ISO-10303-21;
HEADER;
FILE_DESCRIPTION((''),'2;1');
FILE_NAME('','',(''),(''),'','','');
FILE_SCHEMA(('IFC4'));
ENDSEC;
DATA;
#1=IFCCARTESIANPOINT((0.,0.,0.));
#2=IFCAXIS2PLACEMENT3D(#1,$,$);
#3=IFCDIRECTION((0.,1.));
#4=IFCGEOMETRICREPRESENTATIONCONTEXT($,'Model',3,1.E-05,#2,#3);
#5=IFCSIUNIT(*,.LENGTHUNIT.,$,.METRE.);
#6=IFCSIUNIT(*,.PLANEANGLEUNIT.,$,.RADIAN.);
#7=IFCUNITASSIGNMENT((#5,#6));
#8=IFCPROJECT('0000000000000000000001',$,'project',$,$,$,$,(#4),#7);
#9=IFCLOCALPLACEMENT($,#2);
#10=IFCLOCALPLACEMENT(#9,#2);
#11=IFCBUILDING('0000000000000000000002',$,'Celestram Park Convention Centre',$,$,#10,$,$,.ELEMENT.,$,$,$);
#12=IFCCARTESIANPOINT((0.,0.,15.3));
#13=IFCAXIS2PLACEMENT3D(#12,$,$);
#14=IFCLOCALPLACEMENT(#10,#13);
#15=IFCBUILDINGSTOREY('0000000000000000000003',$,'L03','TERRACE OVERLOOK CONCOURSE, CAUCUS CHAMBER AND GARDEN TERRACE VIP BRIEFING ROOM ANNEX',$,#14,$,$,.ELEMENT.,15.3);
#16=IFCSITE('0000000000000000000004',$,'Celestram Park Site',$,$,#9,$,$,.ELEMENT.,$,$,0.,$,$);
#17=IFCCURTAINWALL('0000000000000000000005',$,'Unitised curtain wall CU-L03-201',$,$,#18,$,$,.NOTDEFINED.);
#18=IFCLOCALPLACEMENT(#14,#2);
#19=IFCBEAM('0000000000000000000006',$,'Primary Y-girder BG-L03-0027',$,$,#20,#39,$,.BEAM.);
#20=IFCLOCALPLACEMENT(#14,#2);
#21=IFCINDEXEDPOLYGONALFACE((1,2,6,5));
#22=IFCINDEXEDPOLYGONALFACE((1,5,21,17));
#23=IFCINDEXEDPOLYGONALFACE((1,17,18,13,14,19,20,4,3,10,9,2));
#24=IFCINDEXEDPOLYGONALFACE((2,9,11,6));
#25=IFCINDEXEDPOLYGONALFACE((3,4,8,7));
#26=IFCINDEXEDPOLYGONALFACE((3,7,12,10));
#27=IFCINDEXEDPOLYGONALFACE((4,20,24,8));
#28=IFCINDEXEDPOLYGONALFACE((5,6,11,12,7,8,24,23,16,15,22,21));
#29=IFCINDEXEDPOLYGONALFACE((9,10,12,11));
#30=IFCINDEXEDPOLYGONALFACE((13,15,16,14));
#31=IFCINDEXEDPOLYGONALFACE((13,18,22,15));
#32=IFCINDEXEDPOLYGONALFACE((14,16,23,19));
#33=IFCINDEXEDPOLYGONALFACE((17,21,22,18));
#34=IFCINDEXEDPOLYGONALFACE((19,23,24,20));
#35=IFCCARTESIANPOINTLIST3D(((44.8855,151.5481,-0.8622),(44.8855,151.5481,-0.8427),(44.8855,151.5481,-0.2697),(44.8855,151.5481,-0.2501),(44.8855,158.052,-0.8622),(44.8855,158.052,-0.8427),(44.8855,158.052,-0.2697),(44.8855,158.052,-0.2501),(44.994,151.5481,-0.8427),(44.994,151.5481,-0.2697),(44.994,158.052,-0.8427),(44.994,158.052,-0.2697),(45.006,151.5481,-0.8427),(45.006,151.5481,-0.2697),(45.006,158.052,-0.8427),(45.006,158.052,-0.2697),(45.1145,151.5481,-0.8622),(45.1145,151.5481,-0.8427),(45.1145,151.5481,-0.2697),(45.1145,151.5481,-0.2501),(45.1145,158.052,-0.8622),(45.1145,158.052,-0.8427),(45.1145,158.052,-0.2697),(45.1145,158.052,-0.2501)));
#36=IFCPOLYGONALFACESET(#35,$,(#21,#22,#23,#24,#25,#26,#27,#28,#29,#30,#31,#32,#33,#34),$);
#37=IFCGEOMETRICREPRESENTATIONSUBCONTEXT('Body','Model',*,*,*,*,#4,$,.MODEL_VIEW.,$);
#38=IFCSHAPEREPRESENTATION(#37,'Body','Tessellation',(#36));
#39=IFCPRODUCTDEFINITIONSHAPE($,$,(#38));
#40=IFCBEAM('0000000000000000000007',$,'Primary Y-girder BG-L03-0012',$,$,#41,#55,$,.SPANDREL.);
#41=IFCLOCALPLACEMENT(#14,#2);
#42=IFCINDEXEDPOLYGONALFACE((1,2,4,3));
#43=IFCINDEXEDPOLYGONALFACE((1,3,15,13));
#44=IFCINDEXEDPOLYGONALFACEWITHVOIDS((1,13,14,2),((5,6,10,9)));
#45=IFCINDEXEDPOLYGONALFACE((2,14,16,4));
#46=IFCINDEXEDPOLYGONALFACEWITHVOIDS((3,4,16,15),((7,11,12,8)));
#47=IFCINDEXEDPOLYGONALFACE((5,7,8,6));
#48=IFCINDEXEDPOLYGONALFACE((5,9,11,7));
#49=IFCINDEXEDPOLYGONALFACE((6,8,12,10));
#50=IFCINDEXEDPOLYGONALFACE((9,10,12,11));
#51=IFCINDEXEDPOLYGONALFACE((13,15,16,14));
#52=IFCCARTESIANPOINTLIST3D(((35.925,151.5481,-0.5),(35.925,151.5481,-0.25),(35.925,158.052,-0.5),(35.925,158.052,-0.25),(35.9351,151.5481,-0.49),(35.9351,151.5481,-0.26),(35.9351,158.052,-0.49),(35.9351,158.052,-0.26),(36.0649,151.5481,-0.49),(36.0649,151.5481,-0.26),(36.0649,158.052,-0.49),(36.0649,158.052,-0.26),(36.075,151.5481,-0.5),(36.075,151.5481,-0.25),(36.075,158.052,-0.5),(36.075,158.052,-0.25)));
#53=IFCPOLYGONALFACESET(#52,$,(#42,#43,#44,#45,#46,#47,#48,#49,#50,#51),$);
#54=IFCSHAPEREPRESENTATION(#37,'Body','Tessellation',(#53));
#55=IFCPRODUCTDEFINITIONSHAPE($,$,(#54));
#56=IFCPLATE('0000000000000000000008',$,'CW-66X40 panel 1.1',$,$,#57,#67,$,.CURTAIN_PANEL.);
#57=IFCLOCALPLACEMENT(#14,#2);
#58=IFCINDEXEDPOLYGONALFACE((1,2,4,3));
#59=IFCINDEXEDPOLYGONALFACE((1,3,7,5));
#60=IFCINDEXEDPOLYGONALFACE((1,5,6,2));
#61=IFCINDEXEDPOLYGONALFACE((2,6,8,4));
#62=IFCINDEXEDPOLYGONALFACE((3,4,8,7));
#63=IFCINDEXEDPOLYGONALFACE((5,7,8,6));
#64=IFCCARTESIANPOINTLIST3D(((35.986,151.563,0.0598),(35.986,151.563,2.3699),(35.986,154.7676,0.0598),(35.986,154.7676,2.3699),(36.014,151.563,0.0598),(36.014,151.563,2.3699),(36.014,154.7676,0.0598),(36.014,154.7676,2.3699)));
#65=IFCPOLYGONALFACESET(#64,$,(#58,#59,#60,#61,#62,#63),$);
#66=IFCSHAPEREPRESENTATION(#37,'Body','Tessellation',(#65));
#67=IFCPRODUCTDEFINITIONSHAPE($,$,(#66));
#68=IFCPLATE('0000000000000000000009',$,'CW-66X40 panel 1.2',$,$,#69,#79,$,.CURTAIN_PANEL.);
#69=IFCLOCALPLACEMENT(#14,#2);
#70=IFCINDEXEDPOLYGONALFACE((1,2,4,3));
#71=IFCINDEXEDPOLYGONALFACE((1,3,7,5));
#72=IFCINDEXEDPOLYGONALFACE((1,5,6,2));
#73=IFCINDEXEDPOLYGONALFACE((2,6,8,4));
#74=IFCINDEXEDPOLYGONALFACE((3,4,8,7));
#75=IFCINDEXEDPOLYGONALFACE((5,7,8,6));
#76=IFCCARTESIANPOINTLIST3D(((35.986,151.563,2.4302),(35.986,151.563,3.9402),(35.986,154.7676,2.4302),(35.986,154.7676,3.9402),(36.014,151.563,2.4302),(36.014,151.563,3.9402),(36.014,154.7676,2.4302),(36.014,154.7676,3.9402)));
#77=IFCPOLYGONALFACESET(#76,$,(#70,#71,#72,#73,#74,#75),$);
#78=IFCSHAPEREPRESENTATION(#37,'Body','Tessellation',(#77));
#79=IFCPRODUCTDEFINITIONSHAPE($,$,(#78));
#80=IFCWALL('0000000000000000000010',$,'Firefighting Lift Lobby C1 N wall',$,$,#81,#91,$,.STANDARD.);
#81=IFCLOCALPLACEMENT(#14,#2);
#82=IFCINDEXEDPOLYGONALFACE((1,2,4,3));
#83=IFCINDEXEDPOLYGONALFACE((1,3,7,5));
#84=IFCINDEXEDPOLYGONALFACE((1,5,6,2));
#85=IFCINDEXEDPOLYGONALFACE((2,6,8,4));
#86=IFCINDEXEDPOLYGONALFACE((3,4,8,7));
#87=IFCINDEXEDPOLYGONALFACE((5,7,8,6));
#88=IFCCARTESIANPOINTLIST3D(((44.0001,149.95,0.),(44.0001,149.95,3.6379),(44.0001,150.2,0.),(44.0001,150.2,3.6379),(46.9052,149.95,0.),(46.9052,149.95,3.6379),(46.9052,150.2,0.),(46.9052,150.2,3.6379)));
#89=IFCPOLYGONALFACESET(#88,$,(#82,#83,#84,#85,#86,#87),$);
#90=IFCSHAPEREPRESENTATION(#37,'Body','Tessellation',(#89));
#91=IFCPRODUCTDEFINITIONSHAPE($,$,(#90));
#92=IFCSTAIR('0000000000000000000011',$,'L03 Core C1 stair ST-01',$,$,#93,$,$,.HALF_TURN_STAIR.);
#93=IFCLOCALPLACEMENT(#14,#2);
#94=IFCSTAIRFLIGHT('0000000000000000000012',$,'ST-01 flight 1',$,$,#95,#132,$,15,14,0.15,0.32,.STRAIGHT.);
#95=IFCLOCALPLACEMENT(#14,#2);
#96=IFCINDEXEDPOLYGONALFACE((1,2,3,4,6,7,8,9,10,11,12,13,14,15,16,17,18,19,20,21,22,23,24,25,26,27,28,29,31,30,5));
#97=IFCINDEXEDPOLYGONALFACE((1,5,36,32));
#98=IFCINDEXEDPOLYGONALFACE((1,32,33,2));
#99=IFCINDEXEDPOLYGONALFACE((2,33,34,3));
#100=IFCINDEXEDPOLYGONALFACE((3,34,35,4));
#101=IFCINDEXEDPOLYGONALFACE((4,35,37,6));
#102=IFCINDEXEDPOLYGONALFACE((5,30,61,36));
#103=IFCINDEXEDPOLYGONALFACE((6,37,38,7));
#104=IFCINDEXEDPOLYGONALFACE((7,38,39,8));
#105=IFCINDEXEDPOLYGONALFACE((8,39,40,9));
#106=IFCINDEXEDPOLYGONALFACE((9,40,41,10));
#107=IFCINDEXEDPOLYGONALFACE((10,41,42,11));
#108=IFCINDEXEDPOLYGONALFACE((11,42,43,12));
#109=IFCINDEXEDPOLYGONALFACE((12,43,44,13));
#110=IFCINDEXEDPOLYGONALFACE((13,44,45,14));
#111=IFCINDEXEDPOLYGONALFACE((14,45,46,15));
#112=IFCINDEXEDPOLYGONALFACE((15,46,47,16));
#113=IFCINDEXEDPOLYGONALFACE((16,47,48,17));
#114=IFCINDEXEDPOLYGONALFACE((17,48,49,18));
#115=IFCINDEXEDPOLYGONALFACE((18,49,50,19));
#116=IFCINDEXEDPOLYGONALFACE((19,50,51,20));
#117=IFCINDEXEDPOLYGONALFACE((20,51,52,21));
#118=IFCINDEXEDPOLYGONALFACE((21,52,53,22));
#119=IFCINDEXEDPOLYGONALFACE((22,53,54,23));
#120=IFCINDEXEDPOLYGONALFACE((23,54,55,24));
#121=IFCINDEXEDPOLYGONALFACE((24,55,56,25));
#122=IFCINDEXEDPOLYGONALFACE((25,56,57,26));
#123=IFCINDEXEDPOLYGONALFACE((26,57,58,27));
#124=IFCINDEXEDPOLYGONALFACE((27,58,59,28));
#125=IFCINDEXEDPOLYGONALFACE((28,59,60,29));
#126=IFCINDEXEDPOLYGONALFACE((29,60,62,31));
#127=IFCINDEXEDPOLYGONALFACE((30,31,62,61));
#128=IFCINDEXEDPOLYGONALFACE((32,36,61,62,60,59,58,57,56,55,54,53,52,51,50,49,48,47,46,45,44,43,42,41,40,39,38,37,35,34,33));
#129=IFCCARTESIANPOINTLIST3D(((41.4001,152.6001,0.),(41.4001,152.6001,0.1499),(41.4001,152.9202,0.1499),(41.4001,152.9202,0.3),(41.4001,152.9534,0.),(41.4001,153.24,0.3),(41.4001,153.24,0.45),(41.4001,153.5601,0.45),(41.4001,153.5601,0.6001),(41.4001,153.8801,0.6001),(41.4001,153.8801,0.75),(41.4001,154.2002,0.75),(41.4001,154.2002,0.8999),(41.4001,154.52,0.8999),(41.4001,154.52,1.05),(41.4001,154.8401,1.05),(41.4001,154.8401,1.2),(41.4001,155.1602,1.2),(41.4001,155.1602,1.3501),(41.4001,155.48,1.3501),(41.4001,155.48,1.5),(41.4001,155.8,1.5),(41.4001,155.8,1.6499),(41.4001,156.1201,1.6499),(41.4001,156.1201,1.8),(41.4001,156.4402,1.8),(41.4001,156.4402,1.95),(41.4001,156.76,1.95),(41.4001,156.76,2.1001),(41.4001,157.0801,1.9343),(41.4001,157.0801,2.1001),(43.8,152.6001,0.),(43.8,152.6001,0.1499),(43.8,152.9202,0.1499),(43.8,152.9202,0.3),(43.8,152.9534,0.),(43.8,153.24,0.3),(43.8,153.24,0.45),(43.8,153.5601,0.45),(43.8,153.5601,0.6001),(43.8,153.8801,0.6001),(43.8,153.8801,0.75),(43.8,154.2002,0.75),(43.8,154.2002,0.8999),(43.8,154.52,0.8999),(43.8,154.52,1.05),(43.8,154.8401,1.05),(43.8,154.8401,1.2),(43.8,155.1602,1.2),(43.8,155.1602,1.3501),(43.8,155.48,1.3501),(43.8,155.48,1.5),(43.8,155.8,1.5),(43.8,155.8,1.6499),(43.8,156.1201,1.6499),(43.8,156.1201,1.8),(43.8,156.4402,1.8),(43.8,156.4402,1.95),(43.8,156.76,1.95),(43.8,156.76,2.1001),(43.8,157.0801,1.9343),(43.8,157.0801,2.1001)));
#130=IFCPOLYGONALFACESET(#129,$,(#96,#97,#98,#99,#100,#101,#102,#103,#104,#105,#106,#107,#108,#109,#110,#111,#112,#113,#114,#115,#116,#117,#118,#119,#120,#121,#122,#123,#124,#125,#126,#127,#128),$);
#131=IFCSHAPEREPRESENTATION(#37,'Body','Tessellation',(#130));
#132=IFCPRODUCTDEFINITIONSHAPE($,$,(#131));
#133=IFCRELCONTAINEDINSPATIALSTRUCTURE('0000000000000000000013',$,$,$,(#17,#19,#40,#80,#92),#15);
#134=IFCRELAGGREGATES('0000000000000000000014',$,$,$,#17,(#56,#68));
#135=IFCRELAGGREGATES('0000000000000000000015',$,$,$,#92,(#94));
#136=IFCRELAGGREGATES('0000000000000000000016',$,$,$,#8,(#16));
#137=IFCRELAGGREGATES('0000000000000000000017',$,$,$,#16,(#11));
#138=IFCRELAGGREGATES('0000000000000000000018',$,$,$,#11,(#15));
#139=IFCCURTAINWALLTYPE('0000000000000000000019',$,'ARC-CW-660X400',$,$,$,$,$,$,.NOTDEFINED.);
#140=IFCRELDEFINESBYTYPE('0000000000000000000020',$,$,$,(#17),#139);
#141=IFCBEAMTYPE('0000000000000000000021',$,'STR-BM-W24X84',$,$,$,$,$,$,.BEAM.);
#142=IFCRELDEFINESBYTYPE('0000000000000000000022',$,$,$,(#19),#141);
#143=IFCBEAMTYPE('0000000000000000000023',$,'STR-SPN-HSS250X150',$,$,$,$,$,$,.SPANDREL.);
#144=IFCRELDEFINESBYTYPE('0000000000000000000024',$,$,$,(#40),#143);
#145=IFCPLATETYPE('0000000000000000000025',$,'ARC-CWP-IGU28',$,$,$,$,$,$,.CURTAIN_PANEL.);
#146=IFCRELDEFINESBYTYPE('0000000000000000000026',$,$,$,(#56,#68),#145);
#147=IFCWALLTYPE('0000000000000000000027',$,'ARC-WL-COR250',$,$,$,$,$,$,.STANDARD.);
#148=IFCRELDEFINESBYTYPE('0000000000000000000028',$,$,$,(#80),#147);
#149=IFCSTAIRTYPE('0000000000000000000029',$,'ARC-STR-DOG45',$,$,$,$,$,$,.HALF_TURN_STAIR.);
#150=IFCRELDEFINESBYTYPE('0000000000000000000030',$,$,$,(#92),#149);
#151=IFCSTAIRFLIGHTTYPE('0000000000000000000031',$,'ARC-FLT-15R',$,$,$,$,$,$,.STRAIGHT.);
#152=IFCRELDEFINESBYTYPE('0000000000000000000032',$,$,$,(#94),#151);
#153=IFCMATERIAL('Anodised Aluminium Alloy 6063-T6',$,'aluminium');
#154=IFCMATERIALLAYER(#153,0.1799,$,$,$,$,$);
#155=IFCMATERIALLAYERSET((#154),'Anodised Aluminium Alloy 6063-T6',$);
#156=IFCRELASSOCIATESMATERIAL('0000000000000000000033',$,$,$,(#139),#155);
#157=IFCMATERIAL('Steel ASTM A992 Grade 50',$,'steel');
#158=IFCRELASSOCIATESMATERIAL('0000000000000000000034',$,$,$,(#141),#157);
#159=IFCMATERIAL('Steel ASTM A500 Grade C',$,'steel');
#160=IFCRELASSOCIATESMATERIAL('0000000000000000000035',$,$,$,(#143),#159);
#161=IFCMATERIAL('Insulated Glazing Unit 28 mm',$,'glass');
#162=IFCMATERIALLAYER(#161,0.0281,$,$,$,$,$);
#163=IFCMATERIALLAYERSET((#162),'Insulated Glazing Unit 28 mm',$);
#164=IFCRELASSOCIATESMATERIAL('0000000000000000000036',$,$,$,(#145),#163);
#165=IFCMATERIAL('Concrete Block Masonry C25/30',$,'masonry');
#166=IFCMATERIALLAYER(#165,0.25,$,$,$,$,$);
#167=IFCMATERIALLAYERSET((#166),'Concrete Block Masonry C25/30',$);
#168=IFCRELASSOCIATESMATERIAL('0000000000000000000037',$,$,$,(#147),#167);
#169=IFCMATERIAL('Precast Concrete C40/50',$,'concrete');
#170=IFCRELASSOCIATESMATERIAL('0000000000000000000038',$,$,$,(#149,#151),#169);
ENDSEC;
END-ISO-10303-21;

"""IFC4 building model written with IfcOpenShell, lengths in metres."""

from ifc_helpers import new_model, si_unit, direction, frame, frame_2d, origin, origin_2d, place, context, subcontext, project, spatial, polyline, rectangle, hollow_rectangle, i_section, outline, extrude, material, layer, layer_set, material_profile, profile_set, type_object, element, aggregate, save


model = new_model("IFC4")

# Units and contexts
model_context = context("Model", 3, precision=1e-05, world=origin(), true_north=direction((0.0, 1.0)))
body_context = subcontext(model_context, "Body", "Model", "MODEL_VIEW")
ifc_project = project(units=[si_unit("LENGTHUNIT", "METRE"), si_unit("PLANEANGLEUNIT", "RADIAN")], contexts=[model_context])

# Site, building, storey
site_placement = place(None, origin())
site = spatial("IfcSite", under=ifc_project, at=site_placement, Name="Celestram Park Site", CompositionType="ELEMENT", RefElevation=0.0)
building_placement = place(site_placement, origin())
building = spatial("IfcBuilding", under=site, at=building_placement, Name="Celestram Park Convention Centre", CompositionType="ELEMENT")
storey_placement = place(building_placement, frame((0.0, 0.0, 15.3)))
storey = spatial("IfcBuildingStorey", under=building, at=storey_placement, Name="L03", Description="TERRACE OVERLOOK CONCOURSE, CAUCUS CHAMBER AND GARDEN TERRACE VIP BRIEFING ROOM ANNEX", CompositionType="ELEMENT", Elevation=15.3)

# Shared definitions
ifc_material_1 = material(Name="Anodised Aluminium Alloy 6063-T6", Category="aluminium")

# Curtain wall
ifc_layer_1 = layer(ifc_material_1, 0.1799)
ifc_layer_set_1 = layer_set([ifc_layer_1], Name="Anodised Aluminium Alloy 6063-T6")
curtain_wall_type_1 = type_object("IfcCurtainWallType", Name="ARC-CW-660X400", PredefinedType="NOTDEFINED", material=ifc_layer_set_1)
curtain_wall_1_placement = place(storey_placement, origin())
curtain_wall_1 = element("IfcCurtainWall", 1, at=curtain_wall_1_placement, inside=storey, type_object=curtain_wall_type_1, Name="Unitised curtain wall CU-L03-201", PredefinedType="NOTDEFINED")

# Beams
ifc_material_2 = material(Name="Steel ASTM A992 Grade 50", Category="steel")
ifc_material_profile_1 = material_profile(ifc_material_2, i_section(OverallWidth=0.229, OverallDepth=0.6121, WebThickness=0.012, FlangeThickness=0.0195, at=origin_2d()), Name="W24X84")
ifc_profile_set_1 = profile_set([ifc_material_profile_1], Name="Steel ASTM A992 Grade 50")
beam_type_1 = type_object("IfcBeamType", Name="STR-BM-W24X84", PredefinedType="BEAM", material=ifc_profile_set_1)
beam_1_placement = place(storey_placement, frame((45.0, 151.5481, -0.5562), z_axis=(0.0, 1.0, 0.0), x_axis=(-1.0, 0.0, 0.0)))
element("IfcBeam", 2, at=beam_1_placement, inside=storey, type_object=beam_type_1, Name="Primary Y-girder BG-L03-0027", PredefinedType="BEAM", context=body_context, shape_type="SweptSolid", body=[
    extrude(i_section(OverallWidth=0.229, OverallDepth=0.6121, WebThickness=0.012, FlangeThickness=0.0195, at=origin_2d()), origin(), (0.0, 0.0, 1.0), 6.5039),
])
ifc_material_3 = material(Name="Steel ASTM A500 Grade C", Category="steel")
ifc_material_profile_2 = material_profile(ifc_material_3, hollow_rectangle(XDim=0.1499, YDim=0.25, WallThickness=0.01, at=origin_2d()), Name="HSS250X150X10")
ifc_profile_set_2 = profile_set([ifc_material_profile_2], Name="Steel ASTM A500 Grade C")
beam_type_2 = type_object("IfcBeamType", Name="STR-SPN-HSS250X150", PredefinedType="SPANDREL", material=ifc_profile_set_2)
beam_2_placement = place(storey_placement, frame((36.0, 151.5481, -0.375), z_axis=(0.0, 1.0, 0.0), x_axis=(-1.0, 0.0, 0.0)))
element("IfcBeam", 3, at=beam_2_placement, inside=storey, type_object=beam_type_2, Name="Primary Y-girder BG-L03-0012", PredefinedType="SPANDREL", context=body_context, shape_type="SweptSolid", body=[
    extrude(hollow_rectangle(XDim=0.1499, YDim=0.25, WallThickness=0.01, at=origin_2d()), origin(), (0.0, 0.0, 1.0), 6.5039),
])

# Plates
ifc_material_4 = material(Name="Insulated Glazing Unit 28 mm", Category="glass")
ifc_layer_2 = layer(ifc_material_4, 0.0281)
ifc_layer_set_2 = layer_set([ifc_layer_2], Name="Insulated Glazing Unit 28 mm")
plate_type = type_object("IfcPlateType", Name="ARC-CWP-IGU28", PredefinedType="CURTAIN_PANEL", material=ifc_layer_set_2)
plate_1_placement = place(storey_placement, frame((36.0, 153.1653, 0.0598), z_axis=(0.0, 0.0, 1.0), x_axis=(0.0, 1.0, 0.0)))
plate_1 = element("IfcPlate", 4, at=plate_1_placement, type_object=plate_type, Name="CW-66X40 panel 1.1", PredefinedType="CURTAIN_PANEL", context=body_context, shape_type="SweptSolid", body=[
    extrude(rectangle(XDim=3.2046, YDim=0.0281, at=origin_2d()), origin(), (0.0, 0.0, 1.0), 2.3101),
])
plate_2_placement = place(storey_placement, frame((36.0, 153.1653, 2.4302), z_axis=(0.0, 0.0, 1.0), x_axis=(0.0, 1.0, 0.0)))
plate_2 = element("IfcPlate", 5, at=plate_2_placement, type_object=plate_type, Name="CW-66X40 panel 1.2", PredefinedType="CURTAIN_PANEL", context=body_context, shape_type="SweptSolid", body=[
    extrude(rectangle(XDim=3.2046, YDim=0.0281, at=origin_2d()), origin(), (0.0, 0.0, 1.0), 1.51),
])
aggregate(curtain_wall_1, [plate_1, plate_2])

# Wall
ifc_material_5 = material(Name="Concrete Block Masonry C25/30", Category="masonry")
ifc_layer_3 = layer(ifc_material_5, 0.25)
ifc_layer_set_3 = layer_set([ifc_layer_3], Name="Concrete Block Masonry C25/30")
wall_type = type_object("IfcWallType", Name="ARC-WL-COR250", PredefinedType="STANDARD", material=ifc_layer_set_3)
wall_placement = place(storey_placement, frame((44.0, 150.075, 0.0), z_axis=(0.0, 0.0, 1.0), x_axis=(1.0, 0.0, 0.0)))
element("IfcWall", 6, at=wall_placement, inside=storey, type_object=wall_type, Name="Firefighting Lift Lobby C1 N wall", PredefinedType="STANDARD", context=body_context, shape_type="SweptSolid", body=[
    extrude(rectangle(XDim=2.905, YDim=0.25, at=frame_2d((1.4526, 0.0))), origin(), (0.0, 0.0, 1.0), 3.6379),
])

# Stair, stair flight
ifc_material_6 = material(Name="Precast Concrete C40/50", Category="concrete")
stair_type = type_object("IfcStairType", Name="ARC-STR-DOG45", PredefinedType="HALF_TURN_STAIR", material=ifc_material_6)
stair_placement = place(storey_placement, origin())
stair = element("IfcStair", 7, at=stair_placement, inside=storey, type_object=stair_type, Name="L03 Core C1 stair ST-01", PredefinedType="HALF_TURN_STAIR")
stair_flight_type = type_object("IfcStairFlightType", Name="ARC-FLT-15R", PredefinedType="STRAIGHT", material=ifc_material_6)
stair_flight_placement = place(storey_placement, frame((42.6001, 152.6001, 0.0), z_axis=(0.0, 0.0, 1.0), x_axis=(0.0, 1.0, 0.0)))
stair_flight = element("IfcStairFlight", 8, at=stair_flight_placement, type_object=stair_flight_type, Name="ST-01 flight 1", NumberOfRisers=15, NumberOfTreads=14, PredefinedType="STRAIGHT", RiserHeight=0.15, TreadLength=0.32, context=body_context, shape_type="SweptSolid", body=[
    extrude(outline(polyline([(0.0, 0.0), (0.0, 0.1499), (0.3201, 0.1499), (0.3201, 0.3), (0.6399, 0.3), (0.6399, 0.45), (0.96, 0.45), (0.96, 0.6001), (1.28, 0.6001), (1.28, 0.75), (1.6001, 0.75), (1.6001, 0.8999), (1.9199, 0.8999), (1.9199, 1.05), (2.24, 1.05), (2.24, 1.2), (2.5601, 1.2), (2.5601, 1.3501), (2.8799, 1.3501), (2.8799, 1.5), (3.2, 1.5), (3.2, 1.6499), (3.52, 1.6499), (3.52, 1.8), (3.8401, 1.8), (3.8401, 1.95), (4.1599, 1.95), (4.1599, 2.1001), (4.48, 2.1001), (4.48, 2.25), (4.48, 1.9343), (0.3533, 0.0), (0.0, 0.0)])), frame((0.0, 1.2, 0.0), z_axis=(0.0, -1.0, 0.0), x_axis=(1.0, 0.0, 0.0)), (0.0, 0.0, 1.0), 2.3999),
])
aggregate(stair, [stair_flight])

save(model, "model.ifc")
